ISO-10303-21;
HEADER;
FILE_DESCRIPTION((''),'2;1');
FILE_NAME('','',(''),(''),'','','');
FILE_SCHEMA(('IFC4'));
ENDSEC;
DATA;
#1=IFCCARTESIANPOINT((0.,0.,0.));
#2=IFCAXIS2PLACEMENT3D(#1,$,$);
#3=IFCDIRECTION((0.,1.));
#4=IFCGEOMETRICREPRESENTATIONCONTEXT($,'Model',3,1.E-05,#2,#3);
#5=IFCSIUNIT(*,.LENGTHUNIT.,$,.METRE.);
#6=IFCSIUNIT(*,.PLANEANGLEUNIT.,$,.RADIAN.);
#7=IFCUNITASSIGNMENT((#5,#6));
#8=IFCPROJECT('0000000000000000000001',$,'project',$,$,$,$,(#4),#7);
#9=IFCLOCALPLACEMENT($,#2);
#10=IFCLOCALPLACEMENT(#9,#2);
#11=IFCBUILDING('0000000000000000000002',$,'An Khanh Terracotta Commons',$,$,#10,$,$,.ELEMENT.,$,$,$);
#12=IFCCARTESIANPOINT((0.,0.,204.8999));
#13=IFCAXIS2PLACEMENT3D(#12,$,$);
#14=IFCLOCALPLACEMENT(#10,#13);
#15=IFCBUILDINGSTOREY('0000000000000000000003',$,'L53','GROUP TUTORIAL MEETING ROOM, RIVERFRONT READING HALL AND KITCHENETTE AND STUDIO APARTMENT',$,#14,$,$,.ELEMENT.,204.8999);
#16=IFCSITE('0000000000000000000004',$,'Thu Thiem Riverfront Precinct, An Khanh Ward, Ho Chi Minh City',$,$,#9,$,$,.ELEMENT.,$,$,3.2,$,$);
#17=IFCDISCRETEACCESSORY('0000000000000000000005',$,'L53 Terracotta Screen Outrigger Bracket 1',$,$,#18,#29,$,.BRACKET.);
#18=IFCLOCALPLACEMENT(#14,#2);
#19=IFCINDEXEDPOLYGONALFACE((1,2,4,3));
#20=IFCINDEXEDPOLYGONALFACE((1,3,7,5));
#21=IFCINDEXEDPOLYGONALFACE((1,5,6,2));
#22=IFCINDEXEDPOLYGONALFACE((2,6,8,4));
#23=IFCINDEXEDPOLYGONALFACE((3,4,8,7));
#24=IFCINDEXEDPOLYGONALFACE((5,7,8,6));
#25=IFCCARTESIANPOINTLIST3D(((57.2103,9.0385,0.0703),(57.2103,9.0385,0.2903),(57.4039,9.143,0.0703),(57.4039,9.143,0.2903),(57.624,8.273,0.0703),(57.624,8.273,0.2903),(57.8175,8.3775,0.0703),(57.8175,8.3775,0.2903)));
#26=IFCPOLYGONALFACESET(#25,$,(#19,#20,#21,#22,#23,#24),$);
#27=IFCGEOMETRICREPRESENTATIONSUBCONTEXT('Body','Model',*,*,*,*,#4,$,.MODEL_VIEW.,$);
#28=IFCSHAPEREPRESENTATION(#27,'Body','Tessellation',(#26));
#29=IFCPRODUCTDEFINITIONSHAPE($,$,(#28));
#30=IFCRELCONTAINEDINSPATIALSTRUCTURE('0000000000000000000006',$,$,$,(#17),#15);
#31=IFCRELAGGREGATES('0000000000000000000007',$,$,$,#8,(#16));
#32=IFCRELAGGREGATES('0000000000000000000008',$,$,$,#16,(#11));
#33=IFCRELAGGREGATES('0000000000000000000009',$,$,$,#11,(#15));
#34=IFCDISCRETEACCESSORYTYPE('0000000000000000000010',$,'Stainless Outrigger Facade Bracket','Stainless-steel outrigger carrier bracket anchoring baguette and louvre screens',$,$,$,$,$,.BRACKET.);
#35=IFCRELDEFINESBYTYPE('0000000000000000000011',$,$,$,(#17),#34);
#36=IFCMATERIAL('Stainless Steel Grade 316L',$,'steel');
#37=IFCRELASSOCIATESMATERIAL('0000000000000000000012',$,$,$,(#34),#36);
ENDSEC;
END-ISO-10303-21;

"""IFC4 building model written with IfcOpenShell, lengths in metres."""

from ifc_helpers import new_model, si_unit, direction, frame, origin, origin_2d, place, context, subcontext, project, spatial, rectangle, extrude, material, type_object, element, save


model = new_model("IFC4")

# Units and contexts
model_context = context("Model", 3, precision=1e-05, world=origin(), true_north=direction((0.0, 1.0)))
body_context = subcontext(model_context, "Body", "Model", "MODEL_VIEW")
ifc_project = project(units=[si_unit("LENGTHUNIT", "METRE"), si_unit("PLANEANGLEUNIT", "RADIAN")], contexts=[model_context])

# Site, building, storey
site_placement = place(None, origin())
site = spatial("IfcSite", under=ifc_project, at=site_placement, Name="Thu Thiem Riverfront Precinct, An Khanh Ward, Ho Chi Minh City", CompositionType="ELEMENT", RefElevation=3.2)
building_placement = place(site_placement, origin())
building = spatial("IfcBuilding", under=site, at=building_placement, Name="An Khanh Terracotta Commons", CompositionType="ELEMENT")
storey_placement = place(building_placement, frame((0.0, 0.0, 204.8999)))
storey = spatial("IfcBuildingStorey", under=building, at=storey_placement, Name="L53", Description="GROUP TUTORIAL MEETING ROOM, RIVERFRONT READING HALL AND KITCHENETTE AND STUDIO APARTMENT", CompositionType="ELEMENT", Elevation=204.8999)

# Discrete accessory
ifc_material_1 = material(Name="Stainless Steel Grade 316L", Category="steel")
discrete_accessory_type = type_object("IfcDiscreteAccessoryType", Name="Stainless Outrigger Facade Bracket", Description="Stainless-steel outrigger carrier bracket anchoring baguette and louvre screens", PredefinedType="BRACKET", material=ifc_material_1)
discrete_accessory_placement = place(storey_placement, frame((57.5139, 8.708, 0.0703), z_axis=(0.0, 0.0, 1.0), x_axis=(0.87978, 0.475381, 0.0)))
element("IfcDiscreteAccessory", 1, at=discrete_accessory_placement, inside=storey, type_object=discrete_accessory_type, Name="L53 Terracotta Screen Outrigger Bracket 1", PredefinedType="BRACKET", context=body_context, shape_type="SweptSolid", body=[
    extrude(rectangle(XDim=0.22, YDim=0.8701, at=origin_2d()), origin(), (0.0, 0.0, 1.0), 0.22),
])

save(model, "model.ifc")
